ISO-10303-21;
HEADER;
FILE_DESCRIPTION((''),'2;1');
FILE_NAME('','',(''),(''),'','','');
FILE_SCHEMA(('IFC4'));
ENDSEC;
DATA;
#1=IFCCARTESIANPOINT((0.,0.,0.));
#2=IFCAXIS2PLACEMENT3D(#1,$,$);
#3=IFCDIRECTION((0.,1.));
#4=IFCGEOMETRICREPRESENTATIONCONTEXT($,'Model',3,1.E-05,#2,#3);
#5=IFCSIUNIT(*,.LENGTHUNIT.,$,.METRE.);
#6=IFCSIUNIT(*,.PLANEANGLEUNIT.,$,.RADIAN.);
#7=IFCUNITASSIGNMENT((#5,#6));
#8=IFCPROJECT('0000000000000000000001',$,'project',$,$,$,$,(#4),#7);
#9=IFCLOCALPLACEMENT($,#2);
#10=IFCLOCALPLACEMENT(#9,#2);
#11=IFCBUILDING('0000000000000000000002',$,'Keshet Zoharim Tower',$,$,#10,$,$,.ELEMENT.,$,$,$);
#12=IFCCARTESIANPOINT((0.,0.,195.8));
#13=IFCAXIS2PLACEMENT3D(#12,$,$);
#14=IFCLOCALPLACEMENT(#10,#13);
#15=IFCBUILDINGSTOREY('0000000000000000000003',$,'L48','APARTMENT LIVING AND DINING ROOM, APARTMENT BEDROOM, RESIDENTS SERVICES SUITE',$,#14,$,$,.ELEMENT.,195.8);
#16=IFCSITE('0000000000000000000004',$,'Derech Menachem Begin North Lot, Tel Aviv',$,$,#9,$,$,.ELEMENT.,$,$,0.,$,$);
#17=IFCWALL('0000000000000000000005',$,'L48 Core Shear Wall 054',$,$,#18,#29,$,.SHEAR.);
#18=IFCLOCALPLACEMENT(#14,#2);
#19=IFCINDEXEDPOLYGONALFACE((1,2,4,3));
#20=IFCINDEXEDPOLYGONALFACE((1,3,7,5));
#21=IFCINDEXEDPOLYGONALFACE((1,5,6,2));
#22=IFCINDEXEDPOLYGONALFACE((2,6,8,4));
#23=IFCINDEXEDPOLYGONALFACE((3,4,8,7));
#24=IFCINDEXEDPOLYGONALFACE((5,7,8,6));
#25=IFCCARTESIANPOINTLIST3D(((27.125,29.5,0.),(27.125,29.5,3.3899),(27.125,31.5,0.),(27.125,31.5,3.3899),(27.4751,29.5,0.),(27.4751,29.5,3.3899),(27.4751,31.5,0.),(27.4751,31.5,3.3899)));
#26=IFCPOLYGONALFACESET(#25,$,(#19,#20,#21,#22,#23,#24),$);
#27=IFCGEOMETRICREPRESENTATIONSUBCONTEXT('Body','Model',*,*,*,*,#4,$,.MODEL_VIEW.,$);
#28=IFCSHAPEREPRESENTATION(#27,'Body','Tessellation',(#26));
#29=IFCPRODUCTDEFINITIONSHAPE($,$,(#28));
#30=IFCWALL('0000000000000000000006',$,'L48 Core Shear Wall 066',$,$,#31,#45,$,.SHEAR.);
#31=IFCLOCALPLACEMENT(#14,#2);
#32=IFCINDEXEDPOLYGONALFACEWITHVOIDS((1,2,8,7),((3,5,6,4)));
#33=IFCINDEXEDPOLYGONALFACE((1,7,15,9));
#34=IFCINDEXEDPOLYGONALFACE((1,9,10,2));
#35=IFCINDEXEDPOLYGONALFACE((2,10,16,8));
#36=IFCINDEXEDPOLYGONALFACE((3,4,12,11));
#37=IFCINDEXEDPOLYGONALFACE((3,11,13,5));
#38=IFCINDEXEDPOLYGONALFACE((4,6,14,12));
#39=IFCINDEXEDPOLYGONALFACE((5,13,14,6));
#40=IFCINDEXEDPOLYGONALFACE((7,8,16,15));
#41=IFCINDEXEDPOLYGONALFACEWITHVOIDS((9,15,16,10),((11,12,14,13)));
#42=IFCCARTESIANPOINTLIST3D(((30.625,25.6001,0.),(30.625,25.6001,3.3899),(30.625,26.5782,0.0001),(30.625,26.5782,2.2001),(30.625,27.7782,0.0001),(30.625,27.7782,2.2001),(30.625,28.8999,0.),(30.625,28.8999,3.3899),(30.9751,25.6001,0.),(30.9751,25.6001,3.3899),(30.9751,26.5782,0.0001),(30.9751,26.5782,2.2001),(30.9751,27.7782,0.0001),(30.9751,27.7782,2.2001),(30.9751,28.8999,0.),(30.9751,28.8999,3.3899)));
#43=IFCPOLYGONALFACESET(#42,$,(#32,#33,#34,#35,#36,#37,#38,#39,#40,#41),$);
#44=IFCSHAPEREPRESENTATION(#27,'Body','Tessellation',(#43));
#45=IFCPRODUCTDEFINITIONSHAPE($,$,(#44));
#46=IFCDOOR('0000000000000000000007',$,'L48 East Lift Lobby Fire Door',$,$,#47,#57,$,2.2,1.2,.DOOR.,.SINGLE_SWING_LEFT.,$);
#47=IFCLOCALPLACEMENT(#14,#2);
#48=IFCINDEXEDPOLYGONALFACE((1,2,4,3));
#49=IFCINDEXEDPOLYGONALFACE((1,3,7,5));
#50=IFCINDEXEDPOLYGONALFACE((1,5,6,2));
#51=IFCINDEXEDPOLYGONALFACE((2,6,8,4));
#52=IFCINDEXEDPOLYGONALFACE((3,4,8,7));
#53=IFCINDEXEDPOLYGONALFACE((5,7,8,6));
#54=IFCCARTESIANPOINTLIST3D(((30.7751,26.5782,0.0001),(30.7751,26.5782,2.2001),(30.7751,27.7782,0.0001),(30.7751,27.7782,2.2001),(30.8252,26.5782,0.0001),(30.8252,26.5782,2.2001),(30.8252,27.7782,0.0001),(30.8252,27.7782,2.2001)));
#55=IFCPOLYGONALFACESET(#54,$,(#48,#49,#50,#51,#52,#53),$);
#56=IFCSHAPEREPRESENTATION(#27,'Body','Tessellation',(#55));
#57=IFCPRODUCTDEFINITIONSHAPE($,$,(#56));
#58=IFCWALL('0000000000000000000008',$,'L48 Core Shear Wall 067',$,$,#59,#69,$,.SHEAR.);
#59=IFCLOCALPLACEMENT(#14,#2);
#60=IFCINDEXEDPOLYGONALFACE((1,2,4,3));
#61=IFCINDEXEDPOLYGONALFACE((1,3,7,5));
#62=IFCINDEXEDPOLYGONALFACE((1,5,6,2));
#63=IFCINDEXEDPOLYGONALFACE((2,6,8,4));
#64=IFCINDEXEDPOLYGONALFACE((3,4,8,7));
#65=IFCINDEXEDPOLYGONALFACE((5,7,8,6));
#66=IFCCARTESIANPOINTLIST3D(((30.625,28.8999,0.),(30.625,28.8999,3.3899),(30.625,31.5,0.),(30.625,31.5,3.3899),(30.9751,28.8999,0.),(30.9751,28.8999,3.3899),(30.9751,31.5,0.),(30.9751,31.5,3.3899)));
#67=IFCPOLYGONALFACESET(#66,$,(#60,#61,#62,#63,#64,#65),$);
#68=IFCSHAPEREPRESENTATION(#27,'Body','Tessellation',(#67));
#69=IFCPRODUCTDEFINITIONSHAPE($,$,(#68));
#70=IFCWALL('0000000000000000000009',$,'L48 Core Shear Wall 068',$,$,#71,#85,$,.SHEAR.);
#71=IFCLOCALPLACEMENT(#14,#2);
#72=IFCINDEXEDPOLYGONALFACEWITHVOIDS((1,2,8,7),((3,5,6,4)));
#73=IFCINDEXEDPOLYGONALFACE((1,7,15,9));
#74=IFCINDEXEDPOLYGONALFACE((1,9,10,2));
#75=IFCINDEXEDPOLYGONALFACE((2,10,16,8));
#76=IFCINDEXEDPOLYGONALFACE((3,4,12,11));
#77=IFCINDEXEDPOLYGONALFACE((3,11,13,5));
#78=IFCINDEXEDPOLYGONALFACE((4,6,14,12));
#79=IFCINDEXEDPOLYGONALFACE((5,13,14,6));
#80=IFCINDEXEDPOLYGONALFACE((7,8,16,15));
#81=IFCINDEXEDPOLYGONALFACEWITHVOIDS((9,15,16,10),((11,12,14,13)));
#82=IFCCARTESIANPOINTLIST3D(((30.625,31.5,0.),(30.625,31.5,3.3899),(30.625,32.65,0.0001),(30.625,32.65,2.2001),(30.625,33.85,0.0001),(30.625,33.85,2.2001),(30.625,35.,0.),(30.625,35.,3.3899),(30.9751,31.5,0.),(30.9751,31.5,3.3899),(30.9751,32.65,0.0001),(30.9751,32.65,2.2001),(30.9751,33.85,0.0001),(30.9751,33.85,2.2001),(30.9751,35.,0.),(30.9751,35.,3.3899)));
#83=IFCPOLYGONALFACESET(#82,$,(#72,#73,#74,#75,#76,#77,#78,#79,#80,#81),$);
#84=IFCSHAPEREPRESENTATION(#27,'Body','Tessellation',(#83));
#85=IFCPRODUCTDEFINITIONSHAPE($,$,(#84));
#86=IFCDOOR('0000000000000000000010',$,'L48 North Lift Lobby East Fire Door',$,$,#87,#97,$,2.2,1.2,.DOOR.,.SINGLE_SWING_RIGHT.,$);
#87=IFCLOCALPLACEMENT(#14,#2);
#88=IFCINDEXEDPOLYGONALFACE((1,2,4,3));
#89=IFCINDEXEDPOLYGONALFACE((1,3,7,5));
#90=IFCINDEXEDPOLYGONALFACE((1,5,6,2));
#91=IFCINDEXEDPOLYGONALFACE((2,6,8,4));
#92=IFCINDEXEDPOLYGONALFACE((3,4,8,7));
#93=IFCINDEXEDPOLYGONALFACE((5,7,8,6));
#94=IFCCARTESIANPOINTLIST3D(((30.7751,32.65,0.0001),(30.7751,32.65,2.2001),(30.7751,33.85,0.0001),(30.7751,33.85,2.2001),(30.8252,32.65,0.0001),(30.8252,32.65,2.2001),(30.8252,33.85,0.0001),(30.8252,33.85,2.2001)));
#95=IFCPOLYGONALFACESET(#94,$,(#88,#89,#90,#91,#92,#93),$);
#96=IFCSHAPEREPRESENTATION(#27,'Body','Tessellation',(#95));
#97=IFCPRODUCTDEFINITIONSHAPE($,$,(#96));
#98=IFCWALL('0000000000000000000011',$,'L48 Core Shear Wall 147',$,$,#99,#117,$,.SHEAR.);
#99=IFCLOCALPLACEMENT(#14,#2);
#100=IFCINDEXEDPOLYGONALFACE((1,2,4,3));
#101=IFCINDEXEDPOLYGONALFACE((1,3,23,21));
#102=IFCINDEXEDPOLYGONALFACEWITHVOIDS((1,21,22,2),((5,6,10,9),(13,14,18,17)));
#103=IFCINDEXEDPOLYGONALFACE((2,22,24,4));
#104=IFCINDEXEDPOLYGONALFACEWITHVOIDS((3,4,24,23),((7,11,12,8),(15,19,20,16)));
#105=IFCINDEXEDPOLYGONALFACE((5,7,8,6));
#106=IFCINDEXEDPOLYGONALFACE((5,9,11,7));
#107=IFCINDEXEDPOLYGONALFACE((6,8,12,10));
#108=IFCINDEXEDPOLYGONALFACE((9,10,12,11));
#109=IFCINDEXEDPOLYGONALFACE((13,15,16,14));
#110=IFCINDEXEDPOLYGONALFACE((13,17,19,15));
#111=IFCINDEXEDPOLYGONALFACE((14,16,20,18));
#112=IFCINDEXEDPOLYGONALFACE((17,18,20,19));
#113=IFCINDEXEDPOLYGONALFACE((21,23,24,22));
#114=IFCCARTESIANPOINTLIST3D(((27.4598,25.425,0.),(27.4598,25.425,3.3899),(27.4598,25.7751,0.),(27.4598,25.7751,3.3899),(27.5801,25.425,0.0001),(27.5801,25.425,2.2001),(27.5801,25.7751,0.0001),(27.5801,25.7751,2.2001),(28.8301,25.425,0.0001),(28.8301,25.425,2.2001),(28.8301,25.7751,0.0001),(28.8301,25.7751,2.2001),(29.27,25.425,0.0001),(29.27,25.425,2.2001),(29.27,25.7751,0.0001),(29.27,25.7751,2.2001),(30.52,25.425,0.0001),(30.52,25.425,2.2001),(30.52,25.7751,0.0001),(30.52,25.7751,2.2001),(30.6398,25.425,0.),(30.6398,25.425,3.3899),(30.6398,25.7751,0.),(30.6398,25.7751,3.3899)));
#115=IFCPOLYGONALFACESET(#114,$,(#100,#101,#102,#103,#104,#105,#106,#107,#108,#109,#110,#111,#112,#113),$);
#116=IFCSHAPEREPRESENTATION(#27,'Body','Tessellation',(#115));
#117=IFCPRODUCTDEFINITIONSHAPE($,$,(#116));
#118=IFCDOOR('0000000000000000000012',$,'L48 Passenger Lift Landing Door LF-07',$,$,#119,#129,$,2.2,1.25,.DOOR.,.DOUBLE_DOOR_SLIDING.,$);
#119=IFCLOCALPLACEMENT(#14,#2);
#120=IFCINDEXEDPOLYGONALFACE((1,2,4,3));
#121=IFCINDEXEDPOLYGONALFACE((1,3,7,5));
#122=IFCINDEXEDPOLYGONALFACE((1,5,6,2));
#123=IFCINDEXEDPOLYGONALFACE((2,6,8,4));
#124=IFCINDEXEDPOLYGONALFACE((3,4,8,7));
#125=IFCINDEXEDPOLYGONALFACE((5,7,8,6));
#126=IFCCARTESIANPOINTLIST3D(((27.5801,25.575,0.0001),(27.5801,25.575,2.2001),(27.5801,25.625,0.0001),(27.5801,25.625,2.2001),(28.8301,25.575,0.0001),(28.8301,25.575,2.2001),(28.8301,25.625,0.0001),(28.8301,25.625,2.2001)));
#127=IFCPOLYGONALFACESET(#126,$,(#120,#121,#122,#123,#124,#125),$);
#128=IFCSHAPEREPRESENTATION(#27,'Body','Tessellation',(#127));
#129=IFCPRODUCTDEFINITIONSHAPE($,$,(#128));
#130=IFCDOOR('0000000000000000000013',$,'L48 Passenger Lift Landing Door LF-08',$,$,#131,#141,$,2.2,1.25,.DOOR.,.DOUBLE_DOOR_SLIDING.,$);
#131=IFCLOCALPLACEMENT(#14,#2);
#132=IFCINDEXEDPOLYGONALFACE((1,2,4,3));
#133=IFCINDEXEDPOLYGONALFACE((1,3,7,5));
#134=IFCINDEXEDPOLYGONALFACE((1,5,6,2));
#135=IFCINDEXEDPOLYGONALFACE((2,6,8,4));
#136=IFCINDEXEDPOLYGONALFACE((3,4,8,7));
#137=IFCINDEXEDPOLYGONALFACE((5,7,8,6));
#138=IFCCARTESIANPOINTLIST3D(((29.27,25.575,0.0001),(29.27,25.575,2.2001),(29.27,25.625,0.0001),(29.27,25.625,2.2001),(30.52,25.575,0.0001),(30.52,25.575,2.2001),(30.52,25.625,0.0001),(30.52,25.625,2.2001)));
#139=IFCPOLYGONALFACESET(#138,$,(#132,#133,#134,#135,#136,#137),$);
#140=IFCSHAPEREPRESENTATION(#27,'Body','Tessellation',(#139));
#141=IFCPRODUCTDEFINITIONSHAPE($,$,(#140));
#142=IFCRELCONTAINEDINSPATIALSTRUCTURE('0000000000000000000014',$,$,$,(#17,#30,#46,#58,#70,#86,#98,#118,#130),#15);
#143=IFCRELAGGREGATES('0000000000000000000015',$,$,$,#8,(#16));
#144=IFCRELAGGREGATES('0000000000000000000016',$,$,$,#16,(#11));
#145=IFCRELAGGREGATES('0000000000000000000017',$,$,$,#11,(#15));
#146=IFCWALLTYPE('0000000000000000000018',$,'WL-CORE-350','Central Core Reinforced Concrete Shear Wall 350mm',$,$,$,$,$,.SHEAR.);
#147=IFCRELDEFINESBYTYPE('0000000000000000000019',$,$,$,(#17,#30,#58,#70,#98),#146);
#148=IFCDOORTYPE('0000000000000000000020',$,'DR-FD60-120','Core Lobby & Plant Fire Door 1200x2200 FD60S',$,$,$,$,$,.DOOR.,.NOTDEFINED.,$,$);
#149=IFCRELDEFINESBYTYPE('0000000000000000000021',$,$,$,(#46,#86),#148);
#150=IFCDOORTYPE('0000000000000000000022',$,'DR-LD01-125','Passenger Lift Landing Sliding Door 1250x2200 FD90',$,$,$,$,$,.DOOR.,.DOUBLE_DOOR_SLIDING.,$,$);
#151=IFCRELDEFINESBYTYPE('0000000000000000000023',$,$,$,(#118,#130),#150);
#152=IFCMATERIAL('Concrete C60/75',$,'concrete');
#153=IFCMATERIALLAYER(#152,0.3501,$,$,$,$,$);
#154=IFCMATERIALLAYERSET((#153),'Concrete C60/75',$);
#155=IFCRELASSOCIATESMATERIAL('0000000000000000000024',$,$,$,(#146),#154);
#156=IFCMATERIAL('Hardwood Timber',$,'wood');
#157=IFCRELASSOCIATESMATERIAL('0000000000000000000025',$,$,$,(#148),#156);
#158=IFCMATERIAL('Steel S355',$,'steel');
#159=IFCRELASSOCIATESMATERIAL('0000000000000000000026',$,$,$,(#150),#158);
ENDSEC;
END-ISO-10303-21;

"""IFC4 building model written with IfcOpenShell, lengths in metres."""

from ifc_helpers import new_model, si_unit, direction, frame, frame_2d, origin, place, context, subcontext, project, spatial, rectangle, extrude, material, layer, layer_set, type_object, element, fill, save


model = new_model("IFC4")

# Units and contexts
model_context = context("Model", 3, precision=1e-05, world=origin(), true_north=direction((0.0, 1.0)))
body_context = subcontext(model_context, "Body", "Model", "MODEL_VIEW")
ifc_project = project(units=[si_unit("LENGTHUNIT", "METRE"), si_unit("PLANEANGLEUNIT", "RADIAN")], contexts=[model_context])

# Site, building, storey
site_placement = place(None, origin())
site = spatial("IfcSite", under=ifc_project, at=site_placement, Name="Derech Menachem Begin North Lot, Tel Aviv", CompositionType="ELEMENT", RefElevation=0.0)
building_placement = place(site_placement, origin())
building = spatial("IfcBuilding", under=site, at=building_placement, Name="Keshet Zoharim Tower", CompositionType="ELEMENT")
storey_placement = place(building_placement, frame((0.0, 0.0, 195.8)))
storey = spatial("IfcBuildingStorey", under=building, at=storey_placement, Name="L48", Description="APARTMENT LIVING AND DINING ROOM, APARTMENT BEDROOM, RESIDENTS SERVICES SUITE", CompositionType="ELEMENT", Elevation=195.8)

# Shared definitions
ifc_material_1 = material(Name="Concrete C60/75", Category="concrete")

# Shared definitions
ifc_material_2 = material(Name="Steel S355", Category="steel")

# Wall
ifc_layer_1 = layer(ifc_material_1, 0.3501)
ifc_layer_set_1 = layer_set([ifc_layer_1], Name="Concrete C60/75")
wall_type_1 = type_object("IfcWallType", Name="WL-CORE-350", Description="Central Core Reinforced Concrete Shear Wall 350mm", PredefinedType="SHEAR", material=ifc_layer_set_1)
wall_1_placement = place(storey_placement, frame((27.3, 29.5, 0.0), z_axis=(0.0, 0.0, 1.0), x_axis=(0.0, 1.0, 0.0)))
element("IfcWall", 1, at=wall_1_placement, inside=storey, type_object=wall_type_1, Name="L48 Core Shear Wall 054", PredefinedType="SHEAR", context=body_context, shape_type="SweptSolid", body=[
    extrude(rectangle(XDim=2.0, YDim=0.3501, at=frame_2d((1.0, 0.0))), origin(), (0.0, 0.0, 1.0), 3.3899),
])

# Wall, opening, door
wall_2_placement = place(storey_placement, frame((30.8, 25.6001, 0.0), z_axis=(0.0, 0.0, 1.0), x_axis=(0.0, 1.0, 0.0)))
wall_2 = element("IfcWall", 2, at=wall_2_placement, inside=storey, type_object=wall_type_1, Name="L48 Core Shear Wall 066", PredefinedType="SHEAR", context=body_context, shape_type="SweptSolid", body=[
    extrude(rectangle(XDim=3.2998, YDim=0.3501, at=frame_2d((1.6499, 0.0))), origin(), (0.0, 0.0, 1.0), 3.3899),
])
opening_1_placement = place(wall_2_placement, frame((0.978, 0.0, 0.0)))
opening_1 = element("IfcOpeningElement", 3, at=opening_1_placement, cuts=wall_2, PredefinedType="OPENING", context=body_context, shape_type="SweptSolid", body=[
    extrude(rectangle(XDim=1.2, YDim=2.2, at=frame_2d((0.6001, 1.1001))), frame((0.0, 0.1851, 0.0), z_axis=(0.0, -1.0, 0.0), x_axis=(1.0, 0.0, 0.0)), (0.0, 0.0, 1.0), 0.3701),
])
ifc_material_3 = material(Name="Hardwood Timber", Category="wood")
door_type_1 = type_object("IfcDoorType", Name="DR-FD60-120", Description="Core Lobby & Plant Fire Door 1200x2200 FD60S", OperationType="NOTDEFINED", PredefinedType="DOOR", material=ifc_material_3)
door_1_placement = place(opening_1_placement, origin())
door_1 = element("IfcDoor", 4, at=door_1_placement, inside=storey, type_object=door_type_1, Name="L48 East Lift Lobby Fire Door", OperationType="SINGLE_SWING_LEFT", OverallHeight=2.2, OverallWidth=1.2, PredefinedType="DOOR", context=body_context, shape_type="SweptSolid", body=[
    extrude(rectangle(XDim=1.2, YDim=2.2, at=frame_2d((0.6001, 1.1001))), frame((0.0, 0.0249, 0.0), z_axis=(0.0, -1.0, 0.0), x_axis=(1.0, 0.0, 0.0)), (0.0, 0.0, 1.0), 0.05),
])
fill(opening_1, door_1)

# Wall
wall_3_placement = place(storey_placement, frame((30.8, 28.8999, 0.0), z_axis=(0.0, 0.0, 1.0), x_axis=(0.0, 1.0, 0.0)))
element("IfcWall", 5, at=wall_3_placement, inside=storey, type_object=wall_type_1, Name="L48 Core Shear Wall 067", PredefinedType="SHEAR", context=body_context, shape_type="SweptSolid", body=[
    extrude(rectangle(XDim=2.6001, YDim=0.3501, at=frame_2d((1.3, 0.0))), origin(), (0.0, 0.0, 1.0), 3.3899),
])

# Wall, opening, door
wall_4_placement = place(storey_placement, frame((30.8, 31.5, 0.0), z_axis=(0.0, 0.0, 1.0), x_axis=(0.0, 1.0, 0.0)))
wall_4 = element("IfcWall", 6, at=wall_4_placement, inside=storey, type_object=wall_type_1, Name="L48 Core Shear Wall 068", PredefinedType="SHEAR", context=body_context, shape_type="SweptSolid", body=[
    extrude(rectangle(XDim=3.5, YDim=0.3501, at=frame_2d((1.75, 0.0))), origin(), (0.0, 0.0, 1.0), 3.3899),
])
opening_2_placement = place(wall_4_placement, frame((1.1499, 0.0, 0.0)))
opening_2 = element("IfcOpeningElement", 7, at=opening_2_placement, cuts=wall_4, PredefinedType="OPENING", context=body_context, shape_type="SweptSolid", body=[
    extrude(rectangle(XDim=1.2, YDim=2.2, at=frame_2d((0.6001, 1.1001))), frame((0.0, 0.1851, 0.0), z_axis=(0.0, -1.0, 0.0), x_axis=(1.0, 0.0, 0.0)), (0.0, 0.0, 1.0), 0.3701),
])
door_2_placement = place(opening_2_placement, origin())
door_2 = element("IfcDoor", 8, at=door_2_placement, inside=storey, type_object=door_type_1, Name="L48 North Lift Lobby East Fire Door", OperationType="SINGLE_SWING_RIGHT", OverallHeight=2.2, OverallWidth=1.2, PredefinedType="DOOR", context=body_context, shape_type="SweptSolid", body=[
    extrude(rectangle(XDim=1.2, YDim=2.2, at=frame_2d((0.6001, 1.1001))), frame((0.0, 0.0249, 0.0), z_axis=(0.0, -1.0, 0.0), x_axis=(1.0, 0.0, 0.0)), (0.0, 0.0, 1.0), 0.05),
])
fill(opening_2, door_2)

# Wall, openings, doors
wall_5_placement = place(storey_placement, frame((27.46, 25.6001, 0.0), z_axis=(0.0, 0.0, 1.0), x_axis=(1.0, 0.0, 0.0)))
wall_5 = element("IfcWall", 9, at=wall_5_placement, inside=storey, type_object=wall_type_1, Name="L48 Core Shear Wall 147", PredefinedType="SHEAR", context=body_context, shape_type="SweptSolid", body=[
    extrude(rectangle(XDim=3.1799, YDim=0.3501, at=frame_2d((1.5898, 0.0))), origin(), (0.0, 0.0, 1.0), 3.3899),
])
opening_3_placement = place(wall_5_placement, frame((0.1201, 0.0, 0.0)))
opening_3 = element("IfcOpeningElement", 10, at=opening_3_placement, cuts=wall_5, PredefinedType="OPENING", context=body_context, shape_type="SweptSolid", body=[
    extrude(rectangle(XDim=1.25, YDim=2.2, at=frame_2d((0.625, 1.1001))), frame((0.0, 0.1851, 0.0), z_axis=(0.0, -1.0, 0.0), x_axis=(1.0, 0.0, 0.0)), (0.0, 0.0, 1.0), 0.3701),
])
opening_4_placement = place(wall_5_placement, frame((1.8101, 0.0, 0.0)))
opening_4 = element("IfcOpeningElement", 11, at=opening_4_placement, cuts=wall_5, PredefinedType="OPENING", context=body_context, shape_type="SweptSolid", body=[
    extrude(rectangle(XDim=1.25, YDim=2.2, at=frame_2d((0.625, 1.1001))), frame((0.0, 0.1851, 0.0), z_axis=(0.0, -1.0, 0.0), x_axis=(1.0, 0.0, 0.0)), (0.0, 0.0, 1.0), 0.3701),
])
door_type_2 = type_object("IfcDoorType", Name="DR-LD01-125", Description="Passenger Lift Landing Sliding Door 1250x2200 FD90", OperationType="DOUBLE_DOOR_SLIDING", PredefinedType="DOOR", material=ifc_material_2)
door_3_placement = place(opening_3_placement, origin())
door_3 = element("IfcDoor", 12, at=door_3_placement, inside=storey, type_object=door_type_2, Name="L48 Passenger Lift Landing Door LF-07", OperationType="DOUBLE_DOOR_SLIDING", OverallHeight=2.2, OverallWidth=1.25, PredefinedType="DOOR", context=body_context, shape_type="SweptSolid", body=[
    extrude(rectangle(XDim=1.25, YDim=2.2, at=frame_2d((0.625, 1.1001))), frame((0.0, 0.0249, 0.0), z_axis=(0.0, -1.0, 0.0), x_axis=(1.0, 0.0, 0.0)), (0.0, 0.0, 1.0), 0.05),
])
fill(opening_3, door_3)
door_4_placement = place(opening_4_placement, origin())
door_4 = element("IfcDoor", 13, at=door_4_placement, inside=storey, type_object=door_type_2, Name="L48 Passenger Lift Landing Door LF-08", OperationType="DOUBLE_DOOR_SLIDING", OverallHeight=2.2, OverallWidth=1.25, PredefinedType="DOOR", context=body_context, shape_type="SweptSolid", body=[
    extrude(rectangle(XDim=1.25, YDim=2.2, at=frame_2d((0.625, 1.1001))), frame((0.0, 0.0249, 0.0), z_axis=(0.0, -1.0, 0.0), x_axis=(1.0, 0.0, 0.0)), (0.0, 0.0, 1.0), 0.05),
])
fill(opening_4, door_4)

save(model, "model.ifc")
